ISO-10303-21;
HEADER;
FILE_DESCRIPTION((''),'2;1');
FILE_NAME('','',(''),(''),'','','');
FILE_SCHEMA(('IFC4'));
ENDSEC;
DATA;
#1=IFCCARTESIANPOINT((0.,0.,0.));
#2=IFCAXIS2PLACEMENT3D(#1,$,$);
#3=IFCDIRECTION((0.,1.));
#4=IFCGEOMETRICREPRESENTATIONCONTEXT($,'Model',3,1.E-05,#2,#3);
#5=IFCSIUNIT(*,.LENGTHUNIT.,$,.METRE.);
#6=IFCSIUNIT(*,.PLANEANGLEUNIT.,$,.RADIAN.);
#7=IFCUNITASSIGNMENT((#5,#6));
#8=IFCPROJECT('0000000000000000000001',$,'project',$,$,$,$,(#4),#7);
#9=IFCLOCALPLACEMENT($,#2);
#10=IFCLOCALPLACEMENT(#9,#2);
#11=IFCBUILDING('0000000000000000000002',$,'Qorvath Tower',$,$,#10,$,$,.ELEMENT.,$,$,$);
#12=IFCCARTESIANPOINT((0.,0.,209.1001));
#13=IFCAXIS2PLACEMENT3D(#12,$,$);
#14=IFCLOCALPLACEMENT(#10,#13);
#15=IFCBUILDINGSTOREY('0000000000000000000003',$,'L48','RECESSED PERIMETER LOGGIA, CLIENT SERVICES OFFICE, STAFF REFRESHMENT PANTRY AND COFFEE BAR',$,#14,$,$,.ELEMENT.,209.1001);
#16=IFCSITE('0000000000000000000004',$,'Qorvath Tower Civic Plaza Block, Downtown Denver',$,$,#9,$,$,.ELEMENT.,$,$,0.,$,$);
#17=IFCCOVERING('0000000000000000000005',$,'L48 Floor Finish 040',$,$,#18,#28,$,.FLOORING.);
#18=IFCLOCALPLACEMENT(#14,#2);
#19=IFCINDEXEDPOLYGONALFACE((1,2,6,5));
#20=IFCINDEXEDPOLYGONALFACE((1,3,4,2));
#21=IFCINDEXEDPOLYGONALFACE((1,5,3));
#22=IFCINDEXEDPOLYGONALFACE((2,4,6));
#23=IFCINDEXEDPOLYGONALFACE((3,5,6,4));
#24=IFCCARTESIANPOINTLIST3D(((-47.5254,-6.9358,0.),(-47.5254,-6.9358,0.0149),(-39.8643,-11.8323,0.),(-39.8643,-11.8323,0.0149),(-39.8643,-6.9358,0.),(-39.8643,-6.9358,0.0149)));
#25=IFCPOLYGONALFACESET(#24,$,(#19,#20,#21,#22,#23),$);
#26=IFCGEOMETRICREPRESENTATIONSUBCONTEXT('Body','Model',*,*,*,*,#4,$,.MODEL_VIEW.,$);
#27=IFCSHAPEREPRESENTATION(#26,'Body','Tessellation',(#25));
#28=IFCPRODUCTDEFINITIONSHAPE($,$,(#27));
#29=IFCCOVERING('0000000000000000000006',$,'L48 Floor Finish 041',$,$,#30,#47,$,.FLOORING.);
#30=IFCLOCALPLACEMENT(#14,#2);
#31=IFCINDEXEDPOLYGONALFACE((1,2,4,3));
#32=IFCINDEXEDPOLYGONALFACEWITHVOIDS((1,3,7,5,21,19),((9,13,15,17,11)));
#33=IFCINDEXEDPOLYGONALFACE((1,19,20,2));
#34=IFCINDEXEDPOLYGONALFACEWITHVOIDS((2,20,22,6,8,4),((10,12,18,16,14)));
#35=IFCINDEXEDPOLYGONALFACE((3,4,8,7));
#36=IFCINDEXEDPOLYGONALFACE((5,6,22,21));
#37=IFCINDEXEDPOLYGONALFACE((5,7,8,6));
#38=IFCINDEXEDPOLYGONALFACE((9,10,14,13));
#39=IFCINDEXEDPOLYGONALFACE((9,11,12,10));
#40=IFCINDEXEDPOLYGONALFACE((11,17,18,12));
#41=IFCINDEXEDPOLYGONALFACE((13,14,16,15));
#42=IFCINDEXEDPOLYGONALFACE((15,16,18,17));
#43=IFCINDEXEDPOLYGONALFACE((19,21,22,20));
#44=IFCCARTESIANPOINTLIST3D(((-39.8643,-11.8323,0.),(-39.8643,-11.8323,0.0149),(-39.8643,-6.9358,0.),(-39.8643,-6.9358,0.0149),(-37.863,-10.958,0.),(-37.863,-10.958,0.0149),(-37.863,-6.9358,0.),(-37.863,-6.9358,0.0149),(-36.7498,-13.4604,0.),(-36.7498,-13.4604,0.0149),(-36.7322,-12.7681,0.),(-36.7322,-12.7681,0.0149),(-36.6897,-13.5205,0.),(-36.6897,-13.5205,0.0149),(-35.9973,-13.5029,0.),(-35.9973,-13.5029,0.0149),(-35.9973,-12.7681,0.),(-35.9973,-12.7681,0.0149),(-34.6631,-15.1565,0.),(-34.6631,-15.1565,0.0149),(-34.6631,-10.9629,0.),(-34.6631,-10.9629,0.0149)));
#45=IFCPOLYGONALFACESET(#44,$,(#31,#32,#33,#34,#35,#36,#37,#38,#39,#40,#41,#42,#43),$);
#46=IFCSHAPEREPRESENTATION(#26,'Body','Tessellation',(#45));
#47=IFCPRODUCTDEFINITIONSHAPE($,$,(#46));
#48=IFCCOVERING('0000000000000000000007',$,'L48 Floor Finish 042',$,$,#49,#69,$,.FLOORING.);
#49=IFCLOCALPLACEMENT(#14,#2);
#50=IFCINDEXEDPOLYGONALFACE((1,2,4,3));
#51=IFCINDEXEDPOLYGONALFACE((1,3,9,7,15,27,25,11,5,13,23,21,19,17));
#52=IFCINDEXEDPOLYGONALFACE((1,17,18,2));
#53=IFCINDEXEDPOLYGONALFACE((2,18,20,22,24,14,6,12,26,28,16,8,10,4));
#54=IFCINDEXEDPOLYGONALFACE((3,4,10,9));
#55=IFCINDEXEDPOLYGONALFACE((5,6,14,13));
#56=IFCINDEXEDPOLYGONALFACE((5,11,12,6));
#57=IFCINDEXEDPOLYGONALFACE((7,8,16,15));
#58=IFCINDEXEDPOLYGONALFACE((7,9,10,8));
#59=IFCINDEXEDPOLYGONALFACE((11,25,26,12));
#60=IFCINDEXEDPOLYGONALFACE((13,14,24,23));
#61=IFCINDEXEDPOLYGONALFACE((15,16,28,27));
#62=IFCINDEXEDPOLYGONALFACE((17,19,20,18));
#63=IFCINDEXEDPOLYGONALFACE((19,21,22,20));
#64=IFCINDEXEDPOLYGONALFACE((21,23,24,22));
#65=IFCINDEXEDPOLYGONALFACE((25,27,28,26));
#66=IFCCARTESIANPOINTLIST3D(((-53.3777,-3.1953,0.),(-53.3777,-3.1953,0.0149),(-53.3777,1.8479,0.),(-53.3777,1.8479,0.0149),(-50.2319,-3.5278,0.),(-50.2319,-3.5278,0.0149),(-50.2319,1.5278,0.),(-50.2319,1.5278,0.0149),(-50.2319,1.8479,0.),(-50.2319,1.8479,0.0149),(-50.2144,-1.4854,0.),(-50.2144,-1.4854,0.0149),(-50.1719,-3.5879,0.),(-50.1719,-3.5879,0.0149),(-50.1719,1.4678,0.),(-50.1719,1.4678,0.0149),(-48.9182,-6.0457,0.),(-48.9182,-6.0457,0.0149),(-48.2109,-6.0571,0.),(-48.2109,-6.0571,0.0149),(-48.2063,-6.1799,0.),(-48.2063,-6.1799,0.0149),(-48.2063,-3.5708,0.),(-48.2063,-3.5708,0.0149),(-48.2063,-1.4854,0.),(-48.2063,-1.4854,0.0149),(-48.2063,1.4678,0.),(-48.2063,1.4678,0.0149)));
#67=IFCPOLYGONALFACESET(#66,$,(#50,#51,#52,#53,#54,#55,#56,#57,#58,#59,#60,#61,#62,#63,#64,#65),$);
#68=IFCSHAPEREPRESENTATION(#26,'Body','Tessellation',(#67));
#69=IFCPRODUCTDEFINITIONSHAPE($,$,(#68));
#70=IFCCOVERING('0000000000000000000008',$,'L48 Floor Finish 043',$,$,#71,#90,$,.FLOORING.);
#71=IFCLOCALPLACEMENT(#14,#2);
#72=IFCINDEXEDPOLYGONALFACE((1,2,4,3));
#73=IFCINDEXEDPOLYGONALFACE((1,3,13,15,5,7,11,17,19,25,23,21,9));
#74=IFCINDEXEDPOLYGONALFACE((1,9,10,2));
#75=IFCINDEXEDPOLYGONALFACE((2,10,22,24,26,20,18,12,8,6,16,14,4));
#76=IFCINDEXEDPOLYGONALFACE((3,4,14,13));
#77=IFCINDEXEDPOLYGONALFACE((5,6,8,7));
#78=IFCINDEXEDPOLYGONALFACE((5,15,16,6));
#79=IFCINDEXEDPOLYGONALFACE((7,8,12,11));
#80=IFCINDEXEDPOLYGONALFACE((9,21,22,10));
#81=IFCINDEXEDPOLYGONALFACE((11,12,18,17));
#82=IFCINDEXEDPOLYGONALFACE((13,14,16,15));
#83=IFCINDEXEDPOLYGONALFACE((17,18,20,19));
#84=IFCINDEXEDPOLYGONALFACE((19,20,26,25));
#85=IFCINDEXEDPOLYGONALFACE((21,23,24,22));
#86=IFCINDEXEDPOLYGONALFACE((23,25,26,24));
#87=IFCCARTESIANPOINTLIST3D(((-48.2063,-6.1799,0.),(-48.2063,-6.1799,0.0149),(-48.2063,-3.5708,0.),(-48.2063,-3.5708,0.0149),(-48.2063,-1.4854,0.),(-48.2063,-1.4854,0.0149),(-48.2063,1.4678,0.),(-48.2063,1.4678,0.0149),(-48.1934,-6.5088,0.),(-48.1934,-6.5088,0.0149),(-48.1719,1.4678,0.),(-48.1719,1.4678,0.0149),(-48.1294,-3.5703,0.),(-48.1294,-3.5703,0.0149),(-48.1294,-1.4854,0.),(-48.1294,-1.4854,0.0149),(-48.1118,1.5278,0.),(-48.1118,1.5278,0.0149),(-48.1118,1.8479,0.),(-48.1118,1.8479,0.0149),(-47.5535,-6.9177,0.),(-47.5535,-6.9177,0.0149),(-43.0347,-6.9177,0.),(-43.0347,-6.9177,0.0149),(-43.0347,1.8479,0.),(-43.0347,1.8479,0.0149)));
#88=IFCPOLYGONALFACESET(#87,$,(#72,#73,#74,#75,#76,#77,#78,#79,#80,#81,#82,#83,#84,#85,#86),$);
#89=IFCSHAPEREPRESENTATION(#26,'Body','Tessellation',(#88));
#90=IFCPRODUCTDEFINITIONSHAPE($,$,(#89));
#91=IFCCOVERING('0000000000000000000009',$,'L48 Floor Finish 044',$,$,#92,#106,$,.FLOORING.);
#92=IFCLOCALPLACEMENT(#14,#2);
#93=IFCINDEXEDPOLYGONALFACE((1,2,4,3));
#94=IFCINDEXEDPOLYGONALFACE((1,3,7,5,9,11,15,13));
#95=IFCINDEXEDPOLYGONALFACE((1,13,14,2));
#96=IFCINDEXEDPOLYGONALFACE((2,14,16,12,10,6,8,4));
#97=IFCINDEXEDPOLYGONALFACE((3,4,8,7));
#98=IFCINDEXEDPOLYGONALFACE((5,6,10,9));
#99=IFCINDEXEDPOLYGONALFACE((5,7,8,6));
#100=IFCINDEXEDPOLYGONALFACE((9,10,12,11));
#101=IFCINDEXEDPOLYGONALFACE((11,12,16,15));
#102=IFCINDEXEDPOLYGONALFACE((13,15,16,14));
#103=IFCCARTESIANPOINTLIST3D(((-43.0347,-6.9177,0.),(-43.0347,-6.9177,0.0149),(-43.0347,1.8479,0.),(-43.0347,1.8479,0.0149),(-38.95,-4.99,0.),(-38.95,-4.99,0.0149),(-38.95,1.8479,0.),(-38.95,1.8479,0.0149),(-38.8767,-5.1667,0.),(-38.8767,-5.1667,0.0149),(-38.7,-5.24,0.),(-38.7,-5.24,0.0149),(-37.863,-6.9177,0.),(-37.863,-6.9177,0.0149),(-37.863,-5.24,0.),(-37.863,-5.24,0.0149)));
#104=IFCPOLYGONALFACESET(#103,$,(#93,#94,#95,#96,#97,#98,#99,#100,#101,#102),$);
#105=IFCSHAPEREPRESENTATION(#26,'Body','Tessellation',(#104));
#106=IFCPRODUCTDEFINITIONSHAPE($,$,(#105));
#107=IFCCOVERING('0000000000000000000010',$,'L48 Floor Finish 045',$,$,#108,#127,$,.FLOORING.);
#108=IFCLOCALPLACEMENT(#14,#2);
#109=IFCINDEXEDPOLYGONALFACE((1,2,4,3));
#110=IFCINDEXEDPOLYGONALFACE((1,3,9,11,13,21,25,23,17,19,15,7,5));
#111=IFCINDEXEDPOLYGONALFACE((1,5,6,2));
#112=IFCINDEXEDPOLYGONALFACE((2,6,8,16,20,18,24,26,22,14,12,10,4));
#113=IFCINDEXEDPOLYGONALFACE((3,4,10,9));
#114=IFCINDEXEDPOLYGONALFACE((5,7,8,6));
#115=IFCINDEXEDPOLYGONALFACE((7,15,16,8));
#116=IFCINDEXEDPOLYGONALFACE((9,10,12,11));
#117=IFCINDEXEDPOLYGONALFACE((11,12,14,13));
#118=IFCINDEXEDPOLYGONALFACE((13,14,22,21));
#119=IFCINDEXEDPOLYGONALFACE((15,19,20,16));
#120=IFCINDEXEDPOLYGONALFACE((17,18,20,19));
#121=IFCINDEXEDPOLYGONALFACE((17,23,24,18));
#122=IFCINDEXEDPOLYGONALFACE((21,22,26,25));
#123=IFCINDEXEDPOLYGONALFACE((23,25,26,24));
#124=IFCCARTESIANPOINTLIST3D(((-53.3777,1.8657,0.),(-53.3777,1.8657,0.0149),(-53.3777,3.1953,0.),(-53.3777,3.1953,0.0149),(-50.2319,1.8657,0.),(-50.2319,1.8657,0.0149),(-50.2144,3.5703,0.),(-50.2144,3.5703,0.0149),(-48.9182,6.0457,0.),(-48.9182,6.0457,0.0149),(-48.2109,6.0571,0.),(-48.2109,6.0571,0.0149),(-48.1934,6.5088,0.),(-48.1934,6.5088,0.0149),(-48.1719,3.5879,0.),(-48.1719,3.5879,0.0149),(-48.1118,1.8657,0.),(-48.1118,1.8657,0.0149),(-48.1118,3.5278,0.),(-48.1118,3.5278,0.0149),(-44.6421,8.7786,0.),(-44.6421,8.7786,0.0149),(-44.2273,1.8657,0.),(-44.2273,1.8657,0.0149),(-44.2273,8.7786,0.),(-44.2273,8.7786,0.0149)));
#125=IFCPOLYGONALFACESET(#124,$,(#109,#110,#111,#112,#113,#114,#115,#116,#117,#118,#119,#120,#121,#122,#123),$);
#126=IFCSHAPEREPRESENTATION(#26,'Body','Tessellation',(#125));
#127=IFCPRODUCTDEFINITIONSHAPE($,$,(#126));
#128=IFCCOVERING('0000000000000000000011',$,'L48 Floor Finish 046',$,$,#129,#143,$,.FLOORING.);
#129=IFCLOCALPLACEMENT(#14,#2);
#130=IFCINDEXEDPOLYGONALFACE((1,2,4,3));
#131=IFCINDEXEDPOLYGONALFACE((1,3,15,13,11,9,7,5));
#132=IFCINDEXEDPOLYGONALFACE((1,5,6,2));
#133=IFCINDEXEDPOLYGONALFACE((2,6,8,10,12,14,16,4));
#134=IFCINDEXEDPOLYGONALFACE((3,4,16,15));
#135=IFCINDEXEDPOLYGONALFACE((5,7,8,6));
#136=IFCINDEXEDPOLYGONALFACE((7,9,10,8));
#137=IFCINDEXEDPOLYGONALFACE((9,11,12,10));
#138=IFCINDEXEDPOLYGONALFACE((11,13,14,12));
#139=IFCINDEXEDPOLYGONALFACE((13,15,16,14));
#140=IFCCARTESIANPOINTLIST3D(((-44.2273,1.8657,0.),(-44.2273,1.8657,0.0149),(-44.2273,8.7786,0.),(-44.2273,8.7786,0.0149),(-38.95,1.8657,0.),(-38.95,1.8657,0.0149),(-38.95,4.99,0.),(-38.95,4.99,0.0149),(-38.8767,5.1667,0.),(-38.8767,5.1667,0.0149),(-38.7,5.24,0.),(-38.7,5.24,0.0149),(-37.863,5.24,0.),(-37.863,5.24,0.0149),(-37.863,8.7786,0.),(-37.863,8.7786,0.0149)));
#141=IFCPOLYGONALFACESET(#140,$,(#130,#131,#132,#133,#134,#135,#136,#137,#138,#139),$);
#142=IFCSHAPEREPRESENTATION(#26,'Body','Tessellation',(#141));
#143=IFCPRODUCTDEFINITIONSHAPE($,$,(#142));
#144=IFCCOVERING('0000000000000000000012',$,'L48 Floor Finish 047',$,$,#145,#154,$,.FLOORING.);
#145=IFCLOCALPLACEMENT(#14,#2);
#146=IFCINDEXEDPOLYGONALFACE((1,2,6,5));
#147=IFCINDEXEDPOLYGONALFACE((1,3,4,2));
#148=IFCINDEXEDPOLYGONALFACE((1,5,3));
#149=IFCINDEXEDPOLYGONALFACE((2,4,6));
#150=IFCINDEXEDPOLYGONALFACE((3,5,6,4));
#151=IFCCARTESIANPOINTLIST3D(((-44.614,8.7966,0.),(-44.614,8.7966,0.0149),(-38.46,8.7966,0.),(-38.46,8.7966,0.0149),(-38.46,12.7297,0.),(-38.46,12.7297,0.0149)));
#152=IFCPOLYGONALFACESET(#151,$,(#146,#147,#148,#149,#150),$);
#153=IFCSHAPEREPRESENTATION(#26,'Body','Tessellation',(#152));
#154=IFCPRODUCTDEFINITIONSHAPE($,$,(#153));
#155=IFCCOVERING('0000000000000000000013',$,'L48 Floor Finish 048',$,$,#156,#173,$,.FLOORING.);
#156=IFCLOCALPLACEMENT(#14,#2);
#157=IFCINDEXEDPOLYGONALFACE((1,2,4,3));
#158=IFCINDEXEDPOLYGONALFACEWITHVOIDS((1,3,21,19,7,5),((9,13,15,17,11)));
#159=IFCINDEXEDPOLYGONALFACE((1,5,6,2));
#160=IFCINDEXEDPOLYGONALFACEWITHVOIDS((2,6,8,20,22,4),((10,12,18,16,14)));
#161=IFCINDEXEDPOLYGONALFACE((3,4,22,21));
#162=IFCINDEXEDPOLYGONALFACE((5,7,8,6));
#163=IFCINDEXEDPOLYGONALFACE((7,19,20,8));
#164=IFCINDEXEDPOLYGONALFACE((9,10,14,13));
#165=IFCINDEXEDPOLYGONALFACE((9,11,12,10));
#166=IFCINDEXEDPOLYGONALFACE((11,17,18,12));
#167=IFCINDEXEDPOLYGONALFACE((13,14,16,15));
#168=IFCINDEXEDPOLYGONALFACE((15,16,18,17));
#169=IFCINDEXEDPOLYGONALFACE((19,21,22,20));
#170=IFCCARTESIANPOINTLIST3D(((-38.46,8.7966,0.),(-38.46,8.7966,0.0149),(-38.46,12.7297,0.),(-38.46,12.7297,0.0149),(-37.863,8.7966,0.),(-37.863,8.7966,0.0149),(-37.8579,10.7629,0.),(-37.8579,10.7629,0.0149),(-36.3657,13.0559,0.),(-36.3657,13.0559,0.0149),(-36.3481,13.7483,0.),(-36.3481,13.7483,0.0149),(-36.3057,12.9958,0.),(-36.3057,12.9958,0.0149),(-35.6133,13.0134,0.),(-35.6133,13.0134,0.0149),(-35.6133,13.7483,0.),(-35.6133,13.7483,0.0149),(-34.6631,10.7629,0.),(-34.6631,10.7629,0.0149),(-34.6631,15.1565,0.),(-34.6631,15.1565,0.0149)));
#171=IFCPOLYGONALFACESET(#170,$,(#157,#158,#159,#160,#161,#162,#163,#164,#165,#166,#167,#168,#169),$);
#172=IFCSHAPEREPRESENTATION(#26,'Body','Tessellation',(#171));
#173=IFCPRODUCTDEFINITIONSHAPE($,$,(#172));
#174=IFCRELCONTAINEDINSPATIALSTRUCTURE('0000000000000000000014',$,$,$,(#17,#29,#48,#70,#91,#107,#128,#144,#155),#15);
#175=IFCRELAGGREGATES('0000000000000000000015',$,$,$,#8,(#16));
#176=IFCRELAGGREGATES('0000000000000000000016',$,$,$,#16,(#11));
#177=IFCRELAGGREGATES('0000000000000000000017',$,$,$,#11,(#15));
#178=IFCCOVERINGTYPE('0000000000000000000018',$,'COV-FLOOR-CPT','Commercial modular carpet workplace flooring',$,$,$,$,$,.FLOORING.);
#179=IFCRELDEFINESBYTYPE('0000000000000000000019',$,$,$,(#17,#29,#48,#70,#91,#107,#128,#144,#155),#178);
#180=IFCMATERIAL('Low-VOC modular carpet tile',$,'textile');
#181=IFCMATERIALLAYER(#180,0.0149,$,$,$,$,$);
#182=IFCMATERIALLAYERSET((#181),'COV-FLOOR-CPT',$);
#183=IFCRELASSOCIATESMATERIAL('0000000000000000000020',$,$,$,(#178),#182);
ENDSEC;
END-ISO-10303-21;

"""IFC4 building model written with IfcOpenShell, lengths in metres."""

from ifc_helpers import new_model, si_unit, direction, frame, origin, place, context, subcontext, project, spatial, polyline, outline, extrude, material, layer, layer_set, type_object, element, save


model = new_model("IFC4")

# Units and contexts
model_context = context("Model", 3, precision=1e-05, world=origin(), true_north=direction((0.0, 1.0)))
body_context = subcontext(model_context, "Body", "Model", "MODEL_VIEW")
ifc_project = project(units=[si_unit("LENGTHUNIT", "METRE"), si_unit("PLANEANGLEUNIT", "RADIAN")], contexts=[model_context])

# Site, building, storey
site_placement = place(None, origin())
site = spatial("IfcSite", under=ifc_project, at=site_placement, Name="Qorvath Tower Civic Plaza Block, Downtown Denver", CompositionType="ELEMENT", RefElevation=0.0)
building_placement = place(site_placement, origin())
building = spatial("IfcBuilding", under=site, at=building_placement, Name="Qorvath Tower", CompositionType="ELEMENT")
storey_placement = place(building_placement, frame((0.0, 0.0, 209.1001)))
storey = spatial("IfcBuildingStorey", under=building, at=storey_placement, Name="L48", Description="RECESSED PERIMETER LOGGIA, CLIENT SERVICES OFFICE, STAFF REFRESHMENT PANTRY AND COFFEE BAR", CompositionType="ELEMENT", Elevation=209.1001)

# Coverings
ifc_material_1 = material(Name="Low-VOC modular carpet tile", Category="textile")
ifc_layer_1 = layer(ifc_material_1, 0.0149)
ifc_layer_set_1 = layer_set([ifc_layer_1], Name="COV-FLOOR-CPT")
covering_type_1 = type_object("IfcCoveringType", Name="COV-FLOOR-CPT", Description="Commercial modular carpet workplace flooring", PredefinedType="FLOORING", material=ifc_layer_set_1)
covering_1_placement = place(storey_placement, origin())
element("IfcCovering", 1, at=covering_1_placement, inside=storey, type_object=covering_type_1, Name="L48 Floor Finish 040", PredefinedType="FLOORING", context=body_context, shape_type="SweptSolid", body=[
    extrude(outline(polyline([(-39.8643, -11.8323), (-39.8643, -6.9358), (-47.5254, -6.9358), (-39.8643, -11.8323)])), origin(), (0.0, 0.0, 1.0), 0.0149),
])
covering_2_placement = place(storey_placement, origin())
element("IfcCovering", 2, at=covering_2_placement, inside=storey, type_object=covering_type_1, Name="L48 Floor Finish 041", PredefinedType="FLOORING", context=body_context, shape_type="SweptSolid", body=[
    extrude(outline(polyline([(-37.863, -10.958), (-37.863, -6.9358), (-39.8643, -6.9358), (-39.8643, -11.8323), (-34.6631, -15.1565), (-34.6631, -10.9629), (-37.863, -10.958)]), holes=[polyline([(-36.7498, -13.4604), (-36.7322, -12.7681), (-35.9973, -12.7681), (-35.9973, -13.5029), (-36.6897, -13.5205), (-36.7498, -13.4604)])]), origin(), (0.0, 0.0, 1.0), 0.0149),
])
covering_3_placement = place(storey_placement, origin())
element("IfcCovering", 3, at=covering_3_placement, inside=storey, type_object=covering_type_1, Name="L48 Floor Finish 042", PredefinedType="FLOORING", context=body_context, shape_type="SweptSolid", body=[
    extrude(outline(polyline([(-53.3777, 1.8479), (-53.3777, -3.1953), (-48.9182, -6.0457), (-48.2109, -6.0571), (-48.2063, -6.1799), (-48.2063, -3.5708), (-50.1719, -3.5879), (-50.2319, -3.5278), (-50.2144, -1.4854), (-48.2063, -1.4854), (-48.2063, 1.4678), (-50.1719, 1.4678), (-50.2319, 1.5278), (-50.2319, 1.8479), (-53.3777, 1.8479)])), origin(), (0.0, 0.0, 1.0), 0.0149),
])
covering_4_placement = place(storey_placement, origin())
element("IfcCovering", 4, at=covering_4_placement, inside=storey, type_object=covering_type_1, Name="L48 Floor Finish 043", PredefinedType="FLOORING", context=body_context, shape_type="SweptSolid", body=[
    extrude(outline(polyline([(-48.2063, 1.4678), (-48.2063, -1.4854), (-48.1294, -1.4854), (-48.1294, -3.5703), (-48.2063, -3.5708), (-48.2063, -6.1799), (-48.1934, -6.5088), (-47.5535, -6.9177), (-43.0347, -6.9177), (-43.0347, 1.8479), (-48.1118, 1.8479), (-48.1118, 1.5278), (-48.1719, 1.4678), (-48.2063, 1.4678)])), origin(), (0.0, 0.0, 1.0), 0.0149),
])
covering_5_placement = place(storey_placement, origin())
element("IfcCovering", 5, at=covering_5_placement, inside=storey, type_object=covering_type_1, Name="L48 Floor Finish 044", PredefinedType="FLOORING", context=body_context, shape_type="SweptSolid", body=[
    extrude(outline(polyline([(-43.0347, 1.8479), (-43.0347, -6.9177), (-37.863, -6.9177), (-37.863, -5.24), (-38.7, -5.24), (-38.8767, -5.1667), (-38.95, -4.99), (-38.95, 1.8479), (-43.0347, 1.8479)])), origin(), (0.0, 0.0, 1.0), 0.0149),
])
covering_6_placement = place(storey_placement, origin())
element("IfcCovering", 6, at=covering_6_placement, inside=storey, type_object=covering_type_1, Name="L48 Floor Finish 045", PredefinedType="FLOORING", context=body_context, shape_type="SweptSolid", body=[
    extrude(outline(polyline([(-44.2273, 1.8657), (-44.2273, 8.7786), (-44.6421, 8.7786), (-48.1934, 6.5088), (-48.2109, 6.0571), (-48.9182, 6.0457), (-53.3777, 3.1953), (-53.3777, 1.8657), (-50.2319, 1.8657), (-50.2144, 3.5703), (-48.1719, 3.5879), (-48.1118, 3.5278), (-48.1118, 1.8657), (-44.2273, 1.8657)])), origin(), (0.0, 0.0, 1.0), 0.0149),
])
covering_7_placement = place(storey_placement, origin())
element("IfcCovering", 7, at=covering_7_placement, inside=storey, type_object=covering_type_1, Name="L48 Floor Finish 046", PredefinedType="FLOORING", context=body_context, shape_type="SweptSolid", body=[
    extrude(outline(polyline([(-37.863, 8.7786), (-44.2273, 8.7786), (-44.2273, 1.8657), (-38.95, 1.8657), (-38.95, 4.99), (-38.8767, 5.1667), (-38.7, 5.24), (-37.863, 5.24), (-37.863, 8.7786)])), origin(), (0.0, 0.0, 1.0), 0.0149),
])
covering_8_placement = place(storey_placement, origin())
element("IfcCovering", 8, at=covering_8_placement, inside=storey, type_object=covering_type_1, Name="L48 Floor Finish 047", PredefinedType="FLOORING", context=body_context, shape_type="SweptSolid", body=[
    extrude(outline(polyline([(-38.46, 8.7966), (-38.46, 12.7297), (-44.614, 8.7966), (-38.46, 8.7966)])), origin(), (0.0, 0.0, 1.0), 0.0149),
])
covering_9_placement = place(storey_placement, origin())
element("IfcCovering", 9, at=covering_9_placement, inside=storey, type_object=covering_type_1, Name="L48 Floor Finish 048", PredefinedType="FLOORING", context=body_context, shape_type="SweptSolid", body=[
    extrude(outline(polyline([(-37.8579, 10.7629), (-34.6631, 10.7629), (-34.6631, 15.1565), (-38.46, 12.7297), (-38.46, 8.7966), (-37.863, 8.7966), (-37.8579, 10.7629)]), holes=[polyline([(-36.3657, 13.0559), (-36.3481, 13.7483), (-35.6133, 13.7483), (-35.6133, 13.0134), (-36.3057, 12.9958), (-36.3657, 13.0559)])]), origin(), (0.0, 0.0, 1.0), 0.0149),
])

save(model, "model.ifc")
